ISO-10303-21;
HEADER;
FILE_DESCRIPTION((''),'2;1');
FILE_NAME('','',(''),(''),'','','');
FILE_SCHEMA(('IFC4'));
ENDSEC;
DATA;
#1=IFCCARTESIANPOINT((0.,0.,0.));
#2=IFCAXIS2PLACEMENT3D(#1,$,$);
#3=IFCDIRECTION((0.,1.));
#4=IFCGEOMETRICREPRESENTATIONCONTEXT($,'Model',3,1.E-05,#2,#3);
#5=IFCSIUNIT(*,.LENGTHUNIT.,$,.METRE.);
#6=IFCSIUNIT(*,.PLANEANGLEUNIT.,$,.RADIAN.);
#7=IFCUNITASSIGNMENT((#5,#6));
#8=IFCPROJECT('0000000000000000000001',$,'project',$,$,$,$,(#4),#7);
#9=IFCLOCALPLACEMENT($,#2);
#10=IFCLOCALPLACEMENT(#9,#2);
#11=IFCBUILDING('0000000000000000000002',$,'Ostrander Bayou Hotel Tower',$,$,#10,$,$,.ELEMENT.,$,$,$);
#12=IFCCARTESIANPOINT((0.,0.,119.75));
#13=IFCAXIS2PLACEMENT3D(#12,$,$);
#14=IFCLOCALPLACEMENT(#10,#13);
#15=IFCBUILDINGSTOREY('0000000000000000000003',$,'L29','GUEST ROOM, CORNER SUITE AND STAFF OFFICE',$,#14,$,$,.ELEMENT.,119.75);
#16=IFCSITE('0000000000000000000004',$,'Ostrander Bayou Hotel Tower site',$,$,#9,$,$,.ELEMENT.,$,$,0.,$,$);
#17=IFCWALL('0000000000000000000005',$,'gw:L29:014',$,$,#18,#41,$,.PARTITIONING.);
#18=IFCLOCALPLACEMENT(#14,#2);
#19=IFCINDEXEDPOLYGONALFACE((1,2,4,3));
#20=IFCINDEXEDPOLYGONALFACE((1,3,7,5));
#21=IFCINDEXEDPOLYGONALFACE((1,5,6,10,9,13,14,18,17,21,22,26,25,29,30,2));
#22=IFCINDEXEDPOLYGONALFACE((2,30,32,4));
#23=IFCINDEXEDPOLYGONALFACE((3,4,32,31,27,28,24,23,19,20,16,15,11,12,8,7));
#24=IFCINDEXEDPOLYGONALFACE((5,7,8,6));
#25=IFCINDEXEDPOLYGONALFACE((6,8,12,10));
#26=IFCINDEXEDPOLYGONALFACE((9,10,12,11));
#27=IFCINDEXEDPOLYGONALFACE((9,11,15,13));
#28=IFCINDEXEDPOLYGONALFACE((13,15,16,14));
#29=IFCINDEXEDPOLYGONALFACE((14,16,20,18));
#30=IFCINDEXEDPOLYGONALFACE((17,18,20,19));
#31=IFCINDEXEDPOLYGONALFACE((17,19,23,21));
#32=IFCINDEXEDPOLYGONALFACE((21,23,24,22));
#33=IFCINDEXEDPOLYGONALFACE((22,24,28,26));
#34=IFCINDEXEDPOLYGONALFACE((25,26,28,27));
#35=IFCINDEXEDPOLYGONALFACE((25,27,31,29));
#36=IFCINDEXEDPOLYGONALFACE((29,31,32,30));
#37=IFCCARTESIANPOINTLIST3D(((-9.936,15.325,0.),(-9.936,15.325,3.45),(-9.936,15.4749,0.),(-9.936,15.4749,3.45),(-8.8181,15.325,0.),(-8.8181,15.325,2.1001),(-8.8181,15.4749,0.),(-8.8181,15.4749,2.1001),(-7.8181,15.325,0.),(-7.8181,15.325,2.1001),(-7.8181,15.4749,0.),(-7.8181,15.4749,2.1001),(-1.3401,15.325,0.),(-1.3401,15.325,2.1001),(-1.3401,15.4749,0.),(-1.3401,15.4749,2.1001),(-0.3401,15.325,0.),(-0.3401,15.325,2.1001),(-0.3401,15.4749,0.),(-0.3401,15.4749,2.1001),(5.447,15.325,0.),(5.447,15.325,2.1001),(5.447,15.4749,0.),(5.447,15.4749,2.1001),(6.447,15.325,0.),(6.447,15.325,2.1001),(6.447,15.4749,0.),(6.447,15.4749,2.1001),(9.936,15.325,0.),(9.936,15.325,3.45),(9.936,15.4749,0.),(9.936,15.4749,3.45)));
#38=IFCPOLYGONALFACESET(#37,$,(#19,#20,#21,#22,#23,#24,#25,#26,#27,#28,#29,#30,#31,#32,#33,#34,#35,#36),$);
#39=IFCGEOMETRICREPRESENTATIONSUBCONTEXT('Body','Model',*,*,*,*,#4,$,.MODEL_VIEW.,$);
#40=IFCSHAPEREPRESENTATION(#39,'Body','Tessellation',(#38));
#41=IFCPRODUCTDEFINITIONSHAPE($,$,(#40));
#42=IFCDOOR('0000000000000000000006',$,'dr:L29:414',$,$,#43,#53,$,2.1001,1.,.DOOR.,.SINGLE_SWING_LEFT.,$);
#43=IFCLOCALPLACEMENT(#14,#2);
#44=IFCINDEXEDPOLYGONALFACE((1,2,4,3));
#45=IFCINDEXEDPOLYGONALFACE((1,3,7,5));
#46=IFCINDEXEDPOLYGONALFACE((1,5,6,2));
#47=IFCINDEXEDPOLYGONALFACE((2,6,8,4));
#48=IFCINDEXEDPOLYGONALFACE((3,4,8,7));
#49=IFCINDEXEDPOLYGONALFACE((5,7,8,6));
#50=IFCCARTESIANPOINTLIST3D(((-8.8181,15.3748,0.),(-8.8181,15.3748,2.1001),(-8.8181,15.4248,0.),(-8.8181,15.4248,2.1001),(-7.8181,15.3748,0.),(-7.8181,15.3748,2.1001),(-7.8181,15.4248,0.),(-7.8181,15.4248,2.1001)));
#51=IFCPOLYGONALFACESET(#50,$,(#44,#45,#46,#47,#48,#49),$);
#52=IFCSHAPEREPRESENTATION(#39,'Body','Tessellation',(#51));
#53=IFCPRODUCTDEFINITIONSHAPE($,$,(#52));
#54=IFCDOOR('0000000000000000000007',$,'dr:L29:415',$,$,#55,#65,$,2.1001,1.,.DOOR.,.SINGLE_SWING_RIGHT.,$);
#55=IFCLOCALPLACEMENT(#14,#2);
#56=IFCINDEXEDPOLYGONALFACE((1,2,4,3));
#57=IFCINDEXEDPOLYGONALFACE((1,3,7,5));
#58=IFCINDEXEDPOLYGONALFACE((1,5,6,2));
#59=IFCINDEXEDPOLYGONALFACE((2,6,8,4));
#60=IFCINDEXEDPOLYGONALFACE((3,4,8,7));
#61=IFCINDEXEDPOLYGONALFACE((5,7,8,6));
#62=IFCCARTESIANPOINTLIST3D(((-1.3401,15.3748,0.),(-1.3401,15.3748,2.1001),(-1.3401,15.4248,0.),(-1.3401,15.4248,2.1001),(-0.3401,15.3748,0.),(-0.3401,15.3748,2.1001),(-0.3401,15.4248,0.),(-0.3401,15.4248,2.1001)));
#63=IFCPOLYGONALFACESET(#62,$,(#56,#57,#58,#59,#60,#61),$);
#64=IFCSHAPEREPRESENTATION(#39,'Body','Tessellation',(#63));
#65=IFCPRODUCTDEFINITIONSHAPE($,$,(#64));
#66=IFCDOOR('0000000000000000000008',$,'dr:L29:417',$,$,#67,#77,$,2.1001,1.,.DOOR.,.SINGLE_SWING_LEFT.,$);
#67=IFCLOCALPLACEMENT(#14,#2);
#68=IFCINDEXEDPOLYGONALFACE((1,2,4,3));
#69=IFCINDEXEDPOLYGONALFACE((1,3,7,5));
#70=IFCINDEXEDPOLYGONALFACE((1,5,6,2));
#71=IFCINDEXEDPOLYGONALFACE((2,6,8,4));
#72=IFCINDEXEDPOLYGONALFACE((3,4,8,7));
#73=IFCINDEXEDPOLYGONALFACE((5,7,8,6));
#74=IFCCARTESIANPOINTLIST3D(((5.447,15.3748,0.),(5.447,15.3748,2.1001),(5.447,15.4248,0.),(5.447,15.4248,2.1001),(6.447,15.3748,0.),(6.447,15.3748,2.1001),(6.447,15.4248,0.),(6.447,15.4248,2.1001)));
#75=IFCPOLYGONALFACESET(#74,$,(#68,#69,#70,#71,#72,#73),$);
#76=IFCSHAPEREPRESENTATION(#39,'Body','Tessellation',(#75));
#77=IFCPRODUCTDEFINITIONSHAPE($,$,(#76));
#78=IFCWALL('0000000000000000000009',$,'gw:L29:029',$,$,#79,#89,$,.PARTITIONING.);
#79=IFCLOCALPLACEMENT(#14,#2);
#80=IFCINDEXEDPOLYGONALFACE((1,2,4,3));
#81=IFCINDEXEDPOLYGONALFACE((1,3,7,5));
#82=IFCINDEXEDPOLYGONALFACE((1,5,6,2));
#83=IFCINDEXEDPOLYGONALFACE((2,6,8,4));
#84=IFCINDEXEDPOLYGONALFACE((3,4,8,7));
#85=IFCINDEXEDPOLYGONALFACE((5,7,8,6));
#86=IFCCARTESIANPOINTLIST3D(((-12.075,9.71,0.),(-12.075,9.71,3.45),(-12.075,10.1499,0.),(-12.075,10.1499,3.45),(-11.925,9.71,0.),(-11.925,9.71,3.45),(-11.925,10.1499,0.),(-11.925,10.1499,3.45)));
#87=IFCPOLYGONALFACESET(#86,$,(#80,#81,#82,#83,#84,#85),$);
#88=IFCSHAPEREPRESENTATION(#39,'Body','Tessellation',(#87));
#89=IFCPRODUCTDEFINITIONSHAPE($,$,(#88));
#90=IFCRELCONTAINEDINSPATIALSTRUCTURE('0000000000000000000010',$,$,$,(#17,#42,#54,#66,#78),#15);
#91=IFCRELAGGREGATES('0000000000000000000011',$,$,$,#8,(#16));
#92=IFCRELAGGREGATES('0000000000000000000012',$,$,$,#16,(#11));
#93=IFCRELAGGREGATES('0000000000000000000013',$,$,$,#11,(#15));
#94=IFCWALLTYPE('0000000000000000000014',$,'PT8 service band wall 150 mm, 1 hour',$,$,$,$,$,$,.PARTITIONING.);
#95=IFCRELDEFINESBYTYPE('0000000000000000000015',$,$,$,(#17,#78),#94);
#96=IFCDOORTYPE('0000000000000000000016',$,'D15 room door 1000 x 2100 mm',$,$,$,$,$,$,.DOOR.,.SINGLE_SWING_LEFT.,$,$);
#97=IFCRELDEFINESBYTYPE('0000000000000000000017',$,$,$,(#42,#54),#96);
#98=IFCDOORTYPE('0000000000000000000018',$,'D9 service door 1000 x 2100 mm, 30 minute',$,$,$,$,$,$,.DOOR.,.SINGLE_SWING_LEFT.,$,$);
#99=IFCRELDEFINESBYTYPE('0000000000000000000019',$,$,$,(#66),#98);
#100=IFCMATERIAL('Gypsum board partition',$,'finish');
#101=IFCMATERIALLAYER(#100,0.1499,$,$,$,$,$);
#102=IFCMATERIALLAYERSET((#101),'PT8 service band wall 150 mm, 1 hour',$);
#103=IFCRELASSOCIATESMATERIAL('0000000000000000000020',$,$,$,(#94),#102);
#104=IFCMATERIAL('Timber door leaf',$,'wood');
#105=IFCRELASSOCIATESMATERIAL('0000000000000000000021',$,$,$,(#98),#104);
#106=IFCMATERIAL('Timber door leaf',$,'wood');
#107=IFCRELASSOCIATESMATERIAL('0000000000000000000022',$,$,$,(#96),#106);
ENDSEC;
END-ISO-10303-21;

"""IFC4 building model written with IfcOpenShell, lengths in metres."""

from ifc_helpers import new_model, si_unit, direction, frame, frame_2d, origin, place, context, subcontext, project, spatial, rectangle, extrude, material, layer, layer_set, type_object, element, fill, save


model = new_model("IFC4")

# Units and contexts
model_context = context("Model", 3, precision=1e-05, world=origin(), true_north=direction((0.0, 1.0)))
body_context = subcontext(model_context, "Body", "Model", "MODEL_VIEW")
ifc_project = project(units=[si_unit("LENGTHUNIT", "METRE"), si_unit("PLANEANGLEUNIT", "RADIAN")], contexts=[model_context])

# Site, building, storey
site_placement = place(None, origin())
site = spatial("IfcSite", under=ifc_project, at=site_placement, Name="Ostrander Bayou Hotel Tower site", CompositionType="ELEMENT", RefElevation=0.0)
building_placement = place(site_placement, origin())
building = spatial("IfcBuilding", under=site, at=building_placement, Name="Ostrander Bayou Hotel Tower", CompositionType="ELEMENT")
storey_placement = place(building_placement, frame((0.0, 0.0, 119.75)))
storey = spatial("IfcBuildingStorey", under=building, at=storey_placement, Name="L29", Description="GUEST ROOM, CORNER SUITE AND STAFF OFFICE", CompositionType="ELEMENT", Elevation=119.75)

# Shared definitions
ifc_material_1 = material(Name="Gypsum board partition", Category="finish")
ifc_layer_1 = layer(ifc_material_1, 0.1499)
ifc_layer_set_1 = layer_set([ifc_layer_1], Name="PT8 service band wall 150 mm, 1 hour")
wall_type_1 = type_object("IfcWallType", Name="PT8 service band wall 150 mm, 1 hour", PredefinedType="PARTITIONING", material=ifc_layer_set_1)

# Shared definitions
ifc_material_2 = material(Name="Timber door leaf", Category="wood")
door_type_1 = type_object("IfcDoorType", Name="D9 service door 1000 x 2100 mm, 30 minute", OperationType="SINGLE_SWING_LEFT", PredefinedType="DOOR", material=ifc_material_2)

# Wall, openings, doors
wall_1_placement = place(storey_placement, frame((-9.936, 15.3999, 0.0), z_axis=(0.0, 0.0, 1.0), x_axis=(1.0, 0.0, 0.0)))
wall_1 = element("IfcWall", 1, at=wall_1_placement, inside=storey, type_object=wall_type_1, Name="gw:L29:014", PredefinedType="PARTITIONING", context=body_context, shape_type="SweptSolid", body=[
    extrude(rectangle(XDim=19.8721, YDim=0.1499, at=frame_2d((9.936, 0.0))), origin(), (0.0, 0.0, 1.0), 3.45),
])
opening_1_placement = place(wall_1_placement, frame((1.1179, 0.0, 0.0)))
opening_1 = element("IfcOpeningElement", 2, at=opening_1_placement, cuts=wall_1, PredefinedType="OPENING", context=body_context, shape_type="SweptSolid", body=[
    extrude(rectangle(XDim=1.0, YDim=2.1001, at=frame_2d((0.5, 1.05))), frame((0.0, 0.075, 0.0), z_axis=(0.0, -1.0, 0.0), x_axis=(1.0, 0.0, 0.0)), (0.0, 0.0, 1.0), 0.1499),
])
opening_2_placement = place(wall_1_placement, frame((8.5959, 0.0, 0.0)))
opening_2 = element("IfcOpeningElement", 3, at=opening_2_placement, cuts=wall_1, PredefinedType="OPENING", context=body_context, shape_type="SweptSolid", body=[
    extrude(rectangle(XDim=1.0, YDim=2.1001, at=frame_2d((0.5, 1.05))), frame((0.0, 0.075, 0.0), z_axis=(0.0, -1.0, 0.0), x_axis=(1.0, 0.0, 0.0)), (0.0, 0.0, 1.0), 0.1499),
])
opening_3_placement = place(wall_1_placement, frame((15.3831, 0.0, 0.0)))
opening_3 = element("IfcOpeningElement", 4, at=opening_3_placement, cuts=wall_1, PredefinedType="OPENING", context=body_context, shape_type="SweptSolid", body=[
    extrude(rectangle(XDim=1.0, YDim=2.1001, at=frame_2d((0.5, 1.05))), frame((0.0, 0.075, 0.0), z_axis=(0.0, -1.0, 0.0), x_axis=(1.0, 0.0, 0.0)), (0.0, 0.0, 1.0), 0.1499),
])
ifc_material_3 = material(Name="Timber door leaf", Category="wood")
door_type_2 = type_object("IfcDoorType", Name="D15 room door 1000 x 2100 mm", OperationType="SINGLE_SWING_LEFT", PredefinedType="DOOR", material=ifc_material_3)
door_1_placement = place(opening_1_placement, origin())
door_1 = element("IfcDoor", 5, at=door_1_placement, inside=storey, type_object=door_type_2, Name="dr:L29:414", OperationType="SINGLE_SWING_LEFT", OverallHeight=2.1001, OverallWidth=1.0, PredefinedType="DOOR", context=body_context, shape_type="SweptSolid", body=[
    extrude(rectangle(XDim=1.0, YDim=2.1001, at=frame_2d((0.5, 1.05))), frame((0.0, 0.0249, 0.0), z_axis=(0.0, -1.0, 0.0), x_axis=(1.0, 0.0, 0.0)), (0.0, 0.0, 1.0), 0.05),
])
fill(opening_1, door_1)
door_2_placement = place(opening_2_placement, origin())
door_2 = element("IfcDoor", 6, at=door_2_placement, inside=storey, type_object=door_type_2, Name="dr:L29:415", OperationType="SINGLE_SWING_RIGHT", OverallHeight=2.1001, OverallWidth=1.0, PredefinedType="DOOR", context=body_context, shape_type="SweptSolid", body=[
    extrude(rectangle(XDim=1.0, YDim=2.1001, at=frame_2d((0.5, 1.05))), frame((0.0, 0.0249, 0.0), z_axis=(0.0, -1.0, 0.0), x_axis=(1.0, 0.0, 0.0)), (0.0, 0.0, 1.0), 0.05),
])
fill(opening_2, door_2)
door_3_placement = place(opening_3_placement, origin())
door_3 = element("IfcDoor", 7, at=door_3_placement, inside=storey, type_object=door_type_1, Name="dr:L29:417", OperationType="SINGLE_SWING_LEFT", OverallHeight=2.1001, OverallWidth=1.0, PredefinedType="DOOR", context=body_context, shape_type="SweptSolid", body=[
    extrude(rectangle(XDim=1.0, YDim=2.1001, at=frame_2d((0.5, 1.05))), frame((0.0, 0.0249, 0.0), z_axis=(0.0, -1.0, 0.0), x_axis=(1.0, 0.0, 0.0)), (0.0, 0.0, 1.0), 0.05),
])
fill(opening_3, door_3)

# Wall
wall_2_placement = place(storey_placement, frame((-12.0, 9.71, 0.0), z_axis=(0.0, 0.0, 1.0), x_axis=(0.0, 1.0, 0.0)))
element("IfcWall", 8, at=wall_2_placement, inside=storey, type_object=wall_type_1, Name="gw:L29:029", PredefinedType="PARTITIONING", context=body_context, shape_type="SweptSolid", body=[
    extrude(rectangle(XDim=0.4399, YDim=0.1499, at=frame_2d((0.22, 0.0))), origin(), (0.0, 0.0, 1.0), 3.45),
])

save(model, "model.ifc")
